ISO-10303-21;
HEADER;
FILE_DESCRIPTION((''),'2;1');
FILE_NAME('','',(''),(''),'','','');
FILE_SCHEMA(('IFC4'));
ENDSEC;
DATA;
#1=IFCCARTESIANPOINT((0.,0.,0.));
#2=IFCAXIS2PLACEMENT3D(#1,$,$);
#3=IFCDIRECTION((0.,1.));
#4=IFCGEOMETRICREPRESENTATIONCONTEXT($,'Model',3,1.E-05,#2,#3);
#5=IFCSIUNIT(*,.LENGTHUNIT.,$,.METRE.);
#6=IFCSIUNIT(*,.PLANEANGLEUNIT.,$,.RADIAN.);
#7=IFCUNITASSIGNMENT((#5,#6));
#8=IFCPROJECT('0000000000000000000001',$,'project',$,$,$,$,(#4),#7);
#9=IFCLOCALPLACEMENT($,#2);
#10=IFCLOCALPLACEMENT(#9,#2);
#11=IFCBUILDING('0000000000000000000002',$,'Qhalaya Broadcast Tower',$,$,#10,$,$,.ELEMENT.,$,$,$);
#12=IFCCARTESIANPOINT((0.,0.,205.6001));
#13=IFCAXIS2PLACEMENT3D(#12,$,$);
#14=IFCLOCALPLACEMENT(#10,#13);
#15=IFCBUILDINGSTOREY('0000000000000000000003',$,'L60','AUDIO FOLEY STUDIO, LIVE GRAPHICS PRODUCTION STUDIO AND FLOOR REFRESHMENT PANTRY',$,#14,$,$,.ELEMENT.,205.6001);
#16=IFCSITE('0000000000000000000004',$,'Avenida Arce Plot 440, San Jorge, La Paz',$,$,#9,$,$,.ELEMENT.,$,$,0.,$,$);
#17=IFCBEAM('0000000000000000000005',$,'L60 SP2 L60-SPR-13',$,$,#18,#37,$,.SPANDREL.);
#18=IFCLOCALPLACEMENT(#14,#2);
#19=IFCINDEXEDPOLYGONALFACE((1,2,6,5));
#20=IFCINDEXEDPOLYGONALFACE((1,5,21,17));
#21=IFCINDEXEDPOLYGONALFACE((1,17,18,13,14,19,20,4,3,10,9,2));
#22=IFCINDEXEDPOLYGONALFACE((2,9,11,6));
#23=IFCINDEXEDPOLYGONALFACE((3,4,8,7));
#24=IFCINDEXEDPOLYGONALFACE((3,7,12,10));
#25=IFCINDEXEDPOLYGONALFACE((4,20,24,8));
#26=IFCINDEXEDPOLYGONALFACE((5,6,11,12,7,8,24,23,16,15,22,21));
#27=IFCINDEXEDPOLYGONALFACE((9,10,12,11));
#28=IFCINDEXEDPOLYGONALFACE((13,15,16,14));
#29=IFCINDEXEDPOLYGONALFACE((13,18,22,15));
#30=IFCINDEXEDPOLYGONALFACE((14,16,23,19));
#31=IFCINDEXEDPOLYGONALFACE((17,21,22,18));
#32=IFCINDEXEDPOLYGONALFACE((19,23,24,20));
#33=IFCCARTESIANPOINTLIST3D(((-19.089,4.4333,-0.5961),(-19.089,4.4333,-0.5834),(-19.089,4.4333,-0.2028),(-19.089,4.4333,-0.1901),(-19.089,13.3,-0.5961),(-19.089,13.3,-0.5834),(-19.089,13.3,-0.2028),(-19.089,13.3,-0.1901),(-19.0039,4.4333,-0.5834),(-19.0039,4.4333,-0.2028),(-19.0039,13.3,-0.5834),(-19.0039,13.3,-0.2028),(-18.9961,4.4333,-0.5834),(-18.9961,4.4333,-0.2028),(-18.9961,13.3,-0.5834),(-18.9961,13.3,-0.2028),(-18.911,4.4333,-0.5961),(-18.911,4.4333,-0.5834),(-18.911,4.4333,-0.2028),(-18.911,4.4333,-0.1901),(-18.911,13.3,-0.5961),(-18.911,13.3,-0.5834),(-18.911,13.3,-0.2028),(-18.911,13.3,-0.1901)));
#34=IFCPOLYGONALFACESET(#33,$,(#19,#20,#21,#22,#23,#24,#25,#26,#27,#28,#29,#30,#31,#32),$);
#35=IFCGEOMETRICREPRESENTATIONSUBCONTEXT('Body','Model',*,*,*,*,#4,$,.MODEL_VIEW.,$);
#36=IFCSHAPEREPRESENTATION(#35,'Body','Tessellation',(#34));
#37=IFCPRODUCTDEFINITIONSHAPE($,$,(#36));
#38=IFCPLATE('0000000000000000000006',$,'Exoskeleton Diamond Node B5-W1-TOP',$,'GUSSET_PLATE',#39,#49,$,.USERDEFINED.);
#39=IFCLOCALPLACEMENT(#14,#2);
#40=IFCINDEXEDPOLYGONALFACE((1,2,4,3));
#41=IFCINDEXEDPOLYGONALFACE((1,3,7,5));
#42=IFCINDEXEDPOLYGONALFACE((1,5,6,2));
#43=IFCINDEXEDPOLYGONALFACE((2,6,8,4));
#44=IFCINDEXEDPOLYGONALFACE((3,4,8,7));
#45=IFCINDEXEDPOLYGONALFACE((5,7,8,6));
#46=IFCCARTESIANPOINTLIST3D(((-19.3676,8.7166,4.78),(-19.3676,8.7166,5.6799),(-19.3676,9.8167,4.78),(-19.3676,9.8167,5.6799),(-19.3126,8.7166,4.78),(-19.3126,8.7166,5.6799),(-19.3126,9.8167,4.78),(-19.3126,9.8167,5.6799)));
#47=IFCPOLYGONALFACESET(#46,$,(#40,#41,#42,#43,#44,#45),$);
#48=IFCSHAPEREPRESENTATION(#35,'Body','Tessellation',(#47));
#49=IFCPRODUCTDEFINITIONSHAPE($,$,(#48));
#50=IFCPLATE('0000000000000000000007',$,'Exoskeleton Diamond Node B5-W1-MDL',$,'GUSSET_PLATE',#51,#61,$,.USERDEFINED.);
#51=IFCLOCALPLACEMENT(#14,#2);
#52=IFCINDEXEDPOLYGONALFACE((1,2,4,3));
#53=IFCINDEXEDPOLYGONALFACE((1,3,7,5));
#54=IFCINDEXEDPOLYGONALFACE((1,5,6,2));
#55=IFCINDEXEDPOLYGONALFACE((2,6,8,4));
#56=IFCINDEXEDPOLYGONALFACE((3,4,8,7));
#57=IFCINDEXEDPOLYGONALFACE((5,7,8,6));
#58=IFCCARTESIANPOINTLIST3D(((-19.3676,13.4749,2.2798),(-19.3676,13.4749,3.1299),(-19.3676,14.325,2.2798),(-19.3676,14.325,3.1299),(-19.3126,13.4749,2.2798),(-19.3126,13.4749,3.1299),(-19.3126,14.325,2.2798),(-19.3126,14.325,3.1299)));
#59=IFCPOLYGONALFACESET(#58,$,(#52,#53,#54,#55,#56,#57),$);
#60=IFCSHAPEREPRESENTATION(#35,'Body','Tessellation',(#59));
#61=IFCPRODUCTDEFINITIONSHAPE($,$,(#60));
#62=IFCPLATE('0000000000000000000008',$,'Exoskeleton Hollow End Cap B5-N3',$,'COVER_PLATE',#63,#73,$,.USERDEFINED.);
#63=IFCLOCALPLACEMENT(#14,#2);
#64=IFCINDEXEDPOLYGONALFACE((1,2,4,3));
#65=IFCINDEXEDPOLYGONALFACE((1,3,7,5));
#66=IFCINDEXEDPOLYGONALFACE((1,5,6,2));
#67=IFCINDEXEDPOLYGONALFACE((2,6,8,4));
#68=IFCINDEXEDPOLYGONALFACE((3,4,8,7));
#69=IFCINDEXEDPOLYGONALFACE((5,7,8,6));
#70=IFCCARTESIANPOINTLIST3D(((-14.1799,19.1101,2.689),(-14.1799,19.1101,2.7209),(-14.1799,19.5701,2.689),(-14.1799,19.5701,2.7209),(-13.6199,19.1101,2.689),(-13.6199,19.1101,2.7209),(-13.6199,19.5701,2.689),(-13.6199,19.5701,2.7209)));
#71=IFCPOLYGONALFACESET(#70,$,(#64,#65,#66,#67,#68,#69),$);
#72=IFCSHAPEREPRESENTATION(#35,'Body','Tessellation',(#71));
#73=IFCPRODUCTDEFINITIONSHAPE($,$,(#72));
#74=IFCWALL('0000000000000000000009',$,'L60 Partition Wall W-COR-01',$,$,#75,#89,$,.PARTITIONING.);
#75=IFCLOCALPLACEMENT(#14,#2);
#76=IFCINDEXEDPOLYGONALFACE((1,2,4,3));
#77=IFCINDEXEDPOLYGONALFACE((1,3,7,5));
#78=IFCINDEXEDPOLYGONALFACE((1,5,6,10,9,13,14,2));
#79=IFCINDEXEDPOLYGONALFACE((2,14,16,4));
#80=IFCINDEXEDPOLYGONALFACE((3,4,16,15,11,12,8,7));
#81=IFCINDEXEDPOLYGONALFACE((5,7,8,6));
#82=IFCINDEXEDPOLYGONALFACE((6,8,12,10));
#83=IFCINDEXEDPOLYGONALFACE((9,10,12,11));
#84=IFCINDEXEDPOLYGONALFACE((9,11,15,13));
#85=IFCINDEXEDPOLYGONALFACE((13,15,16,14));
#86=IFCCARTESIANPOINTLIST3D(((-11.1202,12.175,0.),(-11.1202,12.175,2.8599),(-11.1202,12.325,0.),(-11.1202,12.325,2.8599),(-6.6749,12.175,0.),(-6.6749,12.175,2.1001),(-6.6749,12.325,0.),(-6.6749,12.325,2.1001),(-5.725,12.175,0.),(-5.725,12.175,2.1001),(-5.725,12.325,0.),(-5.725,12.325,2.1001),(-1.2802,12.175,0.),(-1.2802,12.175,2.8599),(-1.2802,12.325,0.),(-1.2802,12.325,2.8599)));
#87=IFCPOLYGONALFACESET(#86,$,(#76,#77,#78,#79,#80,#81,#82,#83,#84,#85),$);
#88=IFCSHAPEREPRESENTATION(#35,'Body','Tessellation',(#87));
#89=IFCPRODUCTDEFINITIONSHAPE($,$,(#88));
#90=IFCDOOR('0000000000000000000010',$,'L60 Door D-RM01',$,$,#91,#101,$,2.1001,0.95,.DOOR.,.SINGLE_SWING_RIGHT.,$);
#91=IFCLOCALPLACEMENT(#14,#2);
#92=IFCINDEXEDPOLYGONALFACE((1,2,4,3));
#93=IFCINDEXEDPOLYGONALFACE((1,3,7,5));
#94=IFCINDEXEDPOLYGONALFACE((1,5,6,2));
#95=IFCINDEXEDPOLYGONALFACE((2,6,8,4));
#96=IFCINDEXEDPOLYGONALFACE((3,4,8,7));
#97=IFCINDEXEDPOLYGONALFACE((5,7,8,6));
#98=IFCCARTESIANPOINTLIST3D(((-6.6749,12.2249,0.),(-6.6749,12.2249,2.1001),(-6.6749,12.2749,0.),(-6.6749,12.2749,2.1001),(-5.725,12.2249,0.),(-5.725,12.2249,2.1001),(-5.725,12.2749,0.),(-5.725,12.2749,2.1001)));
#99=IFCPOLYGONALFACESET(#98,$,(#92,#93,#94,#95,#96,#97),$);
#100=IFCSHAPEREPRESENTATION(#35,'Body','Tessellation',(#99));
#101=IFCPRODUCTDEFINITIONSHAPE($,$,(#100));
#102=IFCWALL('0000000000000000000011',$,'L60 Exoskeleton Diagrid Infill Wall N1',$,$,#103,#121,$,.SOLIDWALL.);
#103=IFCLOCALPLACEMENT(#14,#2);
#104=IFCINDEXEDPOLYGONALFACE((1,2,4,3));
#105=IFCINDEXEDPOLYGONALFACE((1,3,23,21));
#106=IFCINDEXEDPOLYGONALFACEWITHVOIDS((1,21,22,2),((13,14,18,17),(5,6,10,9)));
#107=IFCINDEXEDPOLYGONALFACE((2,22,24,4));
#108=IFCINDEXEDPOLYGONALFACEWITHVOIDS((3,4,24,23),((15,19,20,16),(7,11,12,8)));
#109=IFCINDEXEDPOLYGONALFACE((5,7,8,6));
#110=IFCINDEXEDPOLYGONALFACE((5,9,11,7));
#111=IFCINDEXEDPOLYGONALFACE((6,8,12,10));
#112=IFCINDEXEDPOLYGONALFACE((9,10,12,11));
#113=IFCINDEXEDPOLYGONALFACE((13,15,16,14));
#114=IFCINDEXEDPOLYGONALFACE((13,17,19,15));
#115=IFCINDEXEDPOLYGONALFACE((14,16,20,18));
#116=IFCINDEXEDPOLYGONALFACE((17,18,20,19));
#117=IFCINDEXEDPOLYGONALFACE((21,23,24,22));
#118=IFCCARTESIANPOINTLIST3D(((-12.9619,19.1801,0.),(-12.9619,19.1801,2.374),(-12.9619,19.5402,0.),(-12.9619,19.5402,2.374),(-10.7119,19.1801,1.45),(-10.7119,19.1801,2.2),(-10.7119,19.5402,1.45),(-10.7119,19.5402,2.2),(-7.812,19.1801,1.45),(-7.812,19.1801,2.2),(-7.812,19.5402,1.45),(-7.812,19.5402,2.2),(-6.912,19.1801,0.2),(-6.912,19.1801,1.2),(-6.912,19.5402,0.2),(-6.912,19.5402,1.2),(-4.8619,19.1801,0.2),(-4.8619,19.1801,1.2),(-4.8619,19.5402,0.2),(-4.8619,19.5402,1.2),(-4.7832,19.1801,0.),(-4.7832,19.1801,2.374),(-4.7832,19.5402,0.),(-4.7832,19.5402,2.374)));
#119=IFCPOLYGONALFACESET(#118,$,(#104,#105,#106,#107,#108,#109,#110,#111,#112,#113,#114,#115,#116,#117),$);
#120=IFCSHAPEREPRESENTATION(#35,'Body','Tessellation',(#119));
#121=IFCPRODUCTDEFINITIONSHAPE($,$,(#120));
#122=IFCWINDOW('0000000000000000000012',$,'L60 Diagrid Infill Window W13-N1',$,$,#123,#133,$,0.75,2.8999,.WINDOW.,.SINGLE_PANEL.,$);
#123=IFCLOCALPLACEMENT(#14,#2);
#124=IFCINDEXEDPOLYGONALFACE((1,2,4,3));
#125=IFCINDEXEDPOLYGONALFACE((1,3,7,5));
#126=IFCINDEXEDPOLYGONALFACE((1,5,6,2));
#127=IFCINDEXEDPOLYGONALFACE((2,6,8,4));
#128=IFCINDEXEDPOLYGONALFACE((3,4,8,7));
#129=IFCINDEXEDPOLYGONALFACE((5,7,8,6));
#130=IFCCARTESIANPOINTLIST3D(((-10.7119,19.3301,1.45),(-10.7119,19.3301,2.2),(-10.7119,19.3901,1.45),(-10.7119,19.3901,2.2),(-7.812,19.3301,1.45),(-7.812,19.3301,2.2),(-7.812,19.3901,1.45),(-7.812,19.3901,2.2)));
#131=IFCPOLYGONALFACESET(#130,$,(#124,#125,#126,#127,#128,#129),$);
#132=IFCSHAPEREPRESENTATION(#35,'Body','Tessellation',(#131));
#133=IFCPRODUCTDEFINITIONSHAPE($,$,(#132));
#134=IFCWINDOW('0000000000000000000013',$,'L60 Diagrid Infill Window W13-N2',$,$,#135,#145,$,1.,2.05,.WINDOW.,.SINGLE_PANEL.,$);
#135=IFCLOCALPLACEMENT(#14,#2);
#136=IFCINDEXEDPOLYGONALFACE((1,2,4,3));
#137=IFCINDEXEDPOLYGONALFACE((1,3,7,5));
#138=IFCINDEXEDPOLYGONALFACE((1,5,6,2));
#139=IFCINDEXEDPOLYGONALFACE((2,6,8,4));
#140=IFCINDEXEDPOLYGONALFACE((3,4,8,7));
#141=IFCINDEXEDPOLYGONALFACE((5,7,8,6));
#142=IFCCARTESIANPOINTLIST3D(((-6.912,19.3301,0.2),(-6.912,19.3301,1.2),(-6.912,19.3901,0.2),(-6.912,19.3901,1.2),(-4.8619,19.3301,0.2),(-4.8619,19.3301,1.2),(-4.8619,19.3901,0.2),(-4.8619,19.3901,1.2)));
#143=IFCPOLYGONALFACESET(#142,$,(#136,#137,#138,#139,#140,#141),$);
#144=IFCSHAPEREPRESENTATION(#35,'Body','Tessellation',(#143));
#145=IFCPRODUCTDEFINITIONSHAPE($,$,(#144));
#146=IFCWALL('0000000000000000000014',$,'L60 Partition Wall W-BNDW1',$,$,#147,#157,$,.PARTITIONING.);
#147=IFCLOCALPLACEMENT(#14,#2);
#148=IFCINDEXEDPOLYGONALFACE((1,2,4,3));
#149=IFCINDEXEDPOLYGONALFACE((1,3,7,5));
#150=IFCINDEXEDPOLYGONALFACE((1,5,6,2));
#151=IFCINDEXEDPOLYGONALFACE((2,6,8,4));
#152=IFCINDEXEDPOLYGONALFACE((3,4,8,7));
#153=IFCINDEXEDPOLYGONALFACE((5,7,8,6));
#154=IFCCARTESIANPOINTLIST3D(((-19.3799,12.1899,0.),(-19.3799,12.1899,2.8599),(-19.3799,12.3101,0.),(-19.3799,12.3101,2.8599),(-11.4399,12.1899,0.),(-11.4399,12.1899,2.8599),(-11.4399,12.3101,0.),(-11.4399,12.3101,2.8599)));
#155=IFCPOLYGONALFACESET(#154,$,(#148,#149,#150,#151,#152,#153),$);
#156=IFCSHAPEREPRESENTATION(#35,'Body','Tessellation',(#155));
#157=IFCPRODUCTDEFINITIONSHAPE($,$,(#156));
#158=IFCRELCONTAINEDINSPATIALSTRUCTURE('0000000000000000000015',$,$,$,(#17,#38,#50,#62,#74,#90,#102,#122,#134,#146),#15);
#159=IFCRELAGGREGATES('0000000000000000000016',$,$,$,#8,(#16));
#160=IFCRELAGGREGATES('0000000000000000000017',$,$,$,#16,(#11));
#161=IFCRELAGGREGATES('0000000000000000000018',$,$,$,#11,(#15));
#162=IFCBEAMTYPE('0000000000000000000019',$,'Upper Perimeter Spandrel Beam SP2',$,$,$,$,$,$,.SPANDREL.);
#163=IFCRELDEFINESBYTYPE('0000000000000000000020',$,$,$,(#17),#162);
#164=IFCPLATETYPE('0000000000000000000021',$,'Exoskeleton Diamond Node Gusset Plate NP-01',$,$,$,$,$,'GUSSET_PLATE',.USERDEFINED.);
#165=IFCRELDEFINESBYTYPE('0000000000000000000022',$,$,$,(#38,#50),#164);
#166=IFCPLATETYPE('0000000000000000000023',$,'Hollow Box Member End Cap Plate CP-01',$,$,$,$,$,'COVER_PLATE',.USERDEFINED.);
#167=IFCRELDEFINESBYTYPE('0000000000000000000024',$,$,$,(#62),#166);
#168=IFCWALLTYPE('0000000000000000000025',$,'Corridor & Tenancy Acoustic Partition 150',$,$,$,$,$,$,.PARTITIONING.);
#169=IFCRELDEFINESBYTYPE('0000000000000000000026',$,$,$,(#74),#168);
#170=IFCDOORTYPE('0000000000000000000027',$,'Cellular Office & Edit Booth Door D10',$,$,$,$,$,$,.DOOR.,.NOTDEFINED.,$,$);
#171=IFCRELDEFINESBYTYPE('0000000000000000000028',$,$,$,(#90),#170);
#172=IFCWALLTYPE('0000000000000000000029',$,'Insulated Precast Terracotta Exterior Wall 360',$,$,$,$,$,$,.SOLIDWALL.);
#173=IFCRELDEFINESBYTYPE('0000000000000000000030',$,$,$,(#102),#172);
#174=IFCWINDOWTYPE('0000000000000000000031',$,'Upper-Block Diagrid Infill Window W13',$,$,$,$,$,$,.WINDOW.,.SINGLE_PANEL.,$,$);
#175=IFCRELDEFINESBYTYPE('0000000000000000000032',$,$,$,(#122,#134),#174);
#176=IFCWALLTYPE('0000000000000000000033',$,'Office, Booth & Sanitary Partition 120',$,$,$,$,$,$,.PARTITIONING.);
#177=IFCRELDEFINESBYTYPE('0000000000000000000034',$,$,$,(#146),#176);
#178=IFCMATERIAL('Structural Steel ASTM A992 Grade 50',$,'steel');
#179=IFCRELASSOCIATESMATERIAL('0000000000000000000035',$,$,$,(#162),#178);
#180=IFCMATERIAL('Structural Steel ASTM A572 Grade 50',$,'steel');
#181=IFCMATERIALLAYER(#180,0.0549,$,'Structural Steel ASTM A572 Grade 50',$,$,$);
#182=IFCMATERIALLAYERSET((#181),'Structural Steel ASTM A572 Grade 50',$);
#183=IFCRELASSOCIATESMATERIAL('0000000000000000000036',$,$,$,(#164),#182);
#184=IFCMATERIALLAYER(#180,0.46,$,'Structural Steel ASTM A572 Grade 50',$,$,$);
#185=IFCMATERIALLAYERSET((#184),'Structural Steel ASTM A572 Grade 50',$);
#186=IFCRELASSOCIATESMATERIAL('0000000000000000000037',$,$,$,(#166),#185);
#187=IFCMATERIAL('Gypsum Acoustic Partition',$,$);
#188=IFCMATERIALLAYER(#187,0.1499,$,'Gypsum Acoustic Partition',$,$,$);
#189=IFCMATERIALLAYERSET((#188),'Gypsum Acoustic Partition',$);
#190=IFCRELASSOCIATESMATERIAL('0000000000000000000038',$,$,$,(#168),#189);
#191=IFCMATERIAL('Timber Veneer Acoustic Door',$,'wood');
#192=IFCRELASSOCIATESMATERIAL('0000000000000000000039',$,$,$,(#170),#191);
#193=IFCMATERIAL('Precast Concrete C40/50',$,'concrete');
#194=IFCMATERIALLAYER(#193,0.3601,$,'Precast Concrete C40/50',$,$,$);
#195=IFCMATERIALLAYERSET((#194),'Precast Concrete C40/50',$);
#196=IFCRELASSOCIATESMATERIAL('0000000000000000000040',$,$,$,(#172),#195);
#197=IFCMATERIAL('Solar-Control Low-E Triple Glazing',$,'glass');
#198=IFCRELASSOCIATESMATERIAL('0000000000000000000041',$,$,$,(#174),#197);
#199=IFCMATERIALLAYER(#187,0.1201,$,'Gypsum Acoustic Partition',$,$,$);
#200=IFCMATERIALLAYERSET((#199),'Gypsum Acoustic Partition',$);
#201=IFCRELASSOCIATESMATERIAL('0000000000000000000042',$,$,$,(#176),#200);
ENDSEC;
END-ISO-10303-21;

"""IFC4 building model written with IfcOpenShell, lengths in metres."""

from ifc_helpers import new_model, si_unit, direction, frame, frame_2d, origin, origin_2d, place, context, subcontext, project, spatial, rectangle, i_section, extrude, material, layer, layer_set, material_profile, profile_set, type_object, element, fill, save


model = new_model("IFC4")

# Units and contexts
model_context = context("Model", 3, precision=1e-05, world=origin(), true_north=direction((0.0, 1.0)))
body_context = subcontext(model_context, "Body", "Model", "MODEL_VIEW")
ifc_project = project(units=[si_unit("LENGTHUNIT", "METRE"), si_unit("PLANEANGLEUNIT", "RADIAN")], contexts=[model_context])

# Site, building, storey
site_placement = place(None, origin())
site = spatial("IfcSite", under=ifc_project, at=site_placement, Name="Avenida Arce Plot 440, San Jorge, La Paz", CompositionType="ELEMENT", RefElevation=0.0)
building_placement = place(site_placement, origin())
building = spatial("IfcBuilding", under=site, at=building_placement, Name="Qhalaya Broadcast Tower", CompositionType="ELEMENT")
storey_placement = place(building_placement, frame((0.0, 0.0, 205.6001)))
storey = spatial("IfcBuildingStorey", under=building, at=storey_placement, Name="L60", Description="AUDIO FOLEY STUDIO, LIVE GRAPHICS PRODUCTION STUDIO AND FLOOR REFRESHMENT PANTRY", CompositionType="ELEMENT", Elevation=205.6001)

# Shared definitions
ifc_material_1 = material(Name="Structural Steel ASTM A572 Grade 50", Category="steel")

# Shared definitions
ifc_material_2 = material(Name="Structural Steel ASTM A992 Grade 50", Category="steel")

# Beam
ifc_material_profile_1 = material_profile(ifc_material_2, i_section(OverallWidth=0.178, OverallDepth=0.406, WebThickness=0.0078, FlangeThickness=0.0127, at=origin_2d()), Name="W16X40")
ifc_profile_set_1 = profile_set([ifc_material_profile_1], Name="Structural Steel ASTM A992 Grade 50")
beam_type_1 = type_object("IfcBeamType", Name="Upper Perimeter Spandrel Beam SP2", PredefinedType="SPANDREL", material=ifc_profile_set_1)
beam_1_placement = place(storey_placement, frame((-19.0, 13.3, -0.3931), z_axis=(0.0, -1.0, 0.0), x_axis=(1.0, 0.0, 0.0)))
element("IfcBeam", 1, at=beam_1_placement, inside=storey, type_object=beam_type_1, Name="L60 SP2 L60-SPR-13", PredefinedType="SPANDREL", context=body_context, shape_type="SweptSolid", body=[
    extrude(i_section(OverallWidth=0.178, OverallDepth=0.406, WebThickness=0.0078, FlangeThickness=0.0127, at=origin_2d()), origin(), (0.0, 0.0, 1.0), 8.8667),
])

# Plates
ifc_layer_1 = layer(ifc_material_1, 0.0549, Name="Structural Steel ASTM A572 Grade 50")
ifc_layer_set_1 = layer_set([ifc_layer_1], Name="Structural Steel ASTM A572 Grade 50")
plate_type_1 = type_object("IfcPlateType", Name="Exoskeleton Diamond Node Gusset Plate NP-01", ElementType="GUSSET_PLATE", PredefinedType="USERDEFINED", material=ifc_layer_set_1)
plate_1_placement = place(storey_placement, frame((-19.3401, 9.2666, 4.78), z_axis=(0.0, 0.0, 1.0), x_axis=(0.0, 1.0, 0.0)))
element("IfcPlate", 2, at=plate_1_placement, inside=storey, type_object=plate_type_1, Name="Exoskeleton Diamond Node B5-W1-TOP", ObjectType="GUSSET_PLATE", PredefinedType="USERDEFINED", context=body_context, shape_type="SweptSolid", body=[
    extrude(rectangle(XDim=1.1001, YDim=0.0549, at=origin_2d()), origin(), (0.0, 0.0, 1.0), 0.8999),
])
plate_2_placement = place(storey_placement, frame((-19.3401, 13.8999, 2.2798), z_axis=(0.0, 0.0, 1.0), x_axis=(0.0, 1.0, 0.0)))
element("IfcPlate", 3, at=plate_2_placement, inside=storey, type_object=plate_type_1, Name="Exoskeleton Diamond Node B5-W1-MDL", ObjectType="GUSSET_PLATE", PredefinedType="USERDEFINED", context=body_context, shape_type="SweptSolid", body=[
    extrude(rectangle(XDim=0.8501, YDim=0.0549, at=origin_2d()), origin(), (0.0, 0.0, 1.0), 0.8501),
])
ifc_layer_2 = layer(ifc_material_1, 0.46, Name="Structural Steel ASTM A572 Grade 50")
ifc_layer_set_2 = layer_set([ifc_layer_2], Name="Structural Steel ASTM A572 Grade 50")
plate_type_2 = type_object("IfcPlateType", Name="Hollow Box Member End Cap Plate CP-01", ElementType="COVER_PLATE", PredefinedType="USERDEFINED", material=ifc_layer_set_2)
plate_3_placement = place(storey_placement, frame((-13.8999, 19.3401, 2.689), z_axis=(0.0, 0.0, 1.0), x_axis=(1.0, 0.0, 0.0)))
element("IfcPlate", 4, at=plate_3_placement, inside=storey, type_object=plate_type_2, Name="Exoskeleton Hollow End Cap B5-N3", ObjectType="COVER_PLATE", PredefinedType="USERDEFINED", context=body_context, shape_type="SweptSolid", body=[
    extrude(rectangle(XDim=0.5601, YDim=0.46, at=origin_2d()), origin(), (0.0, 0.0, 1.0), 0.032),
])

# Wall, opening, door
ifc_material_3 = material(Name="Gypsum Acoustic Partition")
ifc_layer_3 = layer(ifc_material_3, 0.1499, Name="Gypsum Acoustic Partition")
ifc_layer_set_3 = layer_set([ifc_layer_3], Name="Gypsum Acoustic Partition")
wall_type_1 = type_object("IfcWallType", Name="Corridor & Tenancy Acoustic Partition 150", PredefinedType="PARTITIONING", material=ifc_layer_set_3)
wall_1_placement = place(storey_placement, frame((-11.1201, 12.25, 0.0), z_axis=(0.0, 0.0, 1.0), x_axis=(1.0, 0.0, 0.0)))
wall_1 = element("IfcWall", 5, at=wall_1_placement, inside=storey, type_object=wall_type_1, Name="L60 Partition Wall W-COR-01", PredefinedType="PARTITIONING", context=body_context, shape_type="SweptSolid", body=[
    extrude(rectangle(XDim=9.8401, YDim=0.1499, at=frame_2d((4.9199, 0.0))), origin(), (0.0, 0.0, 1.0), 2.8599),
])
opening_1_placement = place(wall_1_placement, frame((4.4451, 0.0, 0.0)))
opening_1 = element("IfcOpeningElement", 6, at=opening_1_placement, cuts=wall_1, PredefinedType="OPENING", context=body_context, shape_type="SweptSolid", body=[
    extrude(rectangle(XDim=0.95, YDim=2.1001, at=frame_2d((0.4751, 1.05))), frame((0.0, 0.0869, 0.0), z_axis=(0.0, -1.0, 0.0), x_axis=(1.0, 0.0, 0.0)), (0.0, 0.0, 1.0), 0.1738),
])
ifc_material_4 = material(Name="Timber Veneer Acoustic Door", Category="wood")
door_type = type_object("IfcDoorType", Name="Cellular Office & Edit Booth Door D10", OperationType="NOTDEFINED", PredefinedType="DOOR", material=ifc_material_4)
door_placement = place(opening_1_placement, origin())
door = element("IfcDoor", 7, at=door_placement, inside=storey, type_object=door_type, Name="L60 Door D-RM01", OperationType="SINGLE_SWING_RIGHT", OverallHeight=2.1001, OverallWidth=0.95, PredefinedType="DOOR", context=body_context, shape_type="SweptSolid", body=[
    extrude(rectangle(XDim=0.95, YDim=2.1001, at=frame_2d((0.4751, 1.05))), frame((0.0, 0.0249, 0.0), z_axis=(0.0, -1.0, 0.0), x_axis=(1.0, 0.0, 0.0)), (0.0, 0.0, 1.0), 0.05),
])
fill(opening_1, door)

# Wall, openings, windows
ifc_material_5 = material(Name="Precast Concrete C40/50", Category="concrete")
ifc_layer_4 = layer(ifc_material_5, 0.3601, Name="Precast Concrete C40/50")
ifc_layer_set_4 = layer_set([ifc_layer_4], Name="Precast Concrete C40/50")
wall_type_2 = type_object("IfcWallType", Name="Insulated Precast Terracotta Exterior Wall 360", PredefinedType="SOLIDWALL", material=ifc_layer_set_4)
wall_2_placement = place(storey_placement, frame((-12.9619, 19.3601, 0.0), z_axis=(0.0, 0.0, 1.0), x_axis=(1.0, 0.0, 0.0)))
wall_2 = element("IfcWall", 8, at=wall_2_placement, inside=storey, type_object=wall_type_2, Name="L60 Exoskeleton Diagrid Infill Wall N1", PredefinedType="SOLIDWALL", context=body_context, shape_type="SweptSolid", body=[
    extrude(rectangle(XDim=8.1787, YDim=0.3601, at=frame_2d((4.0894, 0.0))), origin(), (0.0, 0.0, 1.0), 2.374),
])
opening_2_placement = place(wall_2_placement, frame((2.25, 0.0, 1.45)))
opening_2 = element("IfcOpeningElement", 9, at=opening_2_placement, cuts=wall_2, PredefinedType="OPENING", context=body_context, shape_type="SweptSolid", body=[
    extrude(rectangle(XDim=2.8999, YDim=0.75, at=frame_2d((1.45, 0.375))), frame((0.0, 0.1921, 0.0), z_axis=(0.0, -1.0, 0.0), x_axis=(1.0, 0.0, 0.0)), (0.0, 0.0, 1.0), 0.384),
])
opening_3_placement = place(wall_2_placement, frame((6.05, 0.0, 0.2)))
opening_3 = element("IfcOpeningElement", 10, at=opening_3_placement, cuts=wall_2, PredefinedType="OPENING", context=body_context, shape_type="SweptSolid", body=[
    extrude(rectangle(XDim=2.05, YDim=1.0, at=frame_2d((1.0249, 0.5))), frame((0.0, 0.1921, 0.0), z_axis=(0.0, -1.0, 0.0), x_axis=(1.0, 0.0, 0.0)), (0.0, 0.0, 1.0), 0.384),
])
ifc_material_6 = material(Name="Solar-Control Low-E Triple Glazing", Category="glass")
window_type = type_object("IfcWindowType", Name="Upper-Block Diagrid Infill Window W13", PartitioningType="SINGLE_PANEL", PredefinedType="WINDOW", material=ifc_material_6)
window_1_placement = place(opening_2_placement, origin())
window_1 = element("IfcWindow", 11, at=window_1_placement, inside=storey, type_object=window_type, Name="L60 Diagrid Infill Window W13-N1", OverallHeight=0.75, OverallWidth=2.8999, PartitioningType="SINGLE_PANEL", PredefinedType="WINDOW", context=body_context, shape_type="SweptSolid", body=[
    extrude(rectangle(XDim=2.8999, YDim=0.75, at=frame_2d((1.45, 0.375))), frame((0.0, 0.03, 0.0), z_axis=(0.0, -1.0, 0.0), x_axis=(1.0, 0.0, 0.0)), (0.0, 0.0, 1.0), 0.0601),
])
fill(opening_2, window_1)
window_2_placement = place(opening_3_placement, origin())
window_2 = element("IfcWindow", 12, at=window_2_placement, inside=storey, type_object=window_type, Name="L60 Diagrid Infill Window W13-N2", OverallHeight=1.0, OverallWidth=2.05, PartitioningType="SINGLE_PANEL", PredefinedType="WINDOW", context=body_context, shape_type="SweptSolid", body=[
    extrude(rectangle(XDim=2.05, YDim=1.0, at=frame_2d((1.0249, 0.5))), frame((0.0, 0.03, 0.0), z_axis=(0.0, -1.0, 0.0), x_axis=(1.0, 0.0, 0.0)), (0.0, 0.0, 1.0), 0.0601),
])
fill(opening_3, window_2)

# Wall
ifc_layer_5 = layer(ifc_material_3, 0.1201, Name="Gypsum Acoustic Partition")
ifc_layer_set_5 = layer_set([ifc_layer_5], Name="Gypsum Acoustic Partition")
wall_type_3 = type_object("IfcWallType", Name="Office, Booth & Sanitary Partition 120", PredefinedType="PARTITIONING", material=ifc_layer_set_5)
wall_3_placement = place(storey_placement, frame((-19.3799, 12.25, 0.0), z_axis=(0.0, 0.0, 1.0), x_axis=(1.0, 0.0, 0.0)))
element("IfcWall", 13, at=wall_3_placement, inside=storey, type_object=wall_type_3, Name="L60 Partition Wall W-BNDW1", PredefinedType="PARTITIONING", context=body_context, shape_type="SweptSolid", body=[
    extrude(rectangle(XDim=7.9399, YDim=0.1201, at=frame_2d((3.97, 0.0))), origin(), (0.0, 0.0, 1.0), 2.8599),
])

save(model, "model.ifc")
